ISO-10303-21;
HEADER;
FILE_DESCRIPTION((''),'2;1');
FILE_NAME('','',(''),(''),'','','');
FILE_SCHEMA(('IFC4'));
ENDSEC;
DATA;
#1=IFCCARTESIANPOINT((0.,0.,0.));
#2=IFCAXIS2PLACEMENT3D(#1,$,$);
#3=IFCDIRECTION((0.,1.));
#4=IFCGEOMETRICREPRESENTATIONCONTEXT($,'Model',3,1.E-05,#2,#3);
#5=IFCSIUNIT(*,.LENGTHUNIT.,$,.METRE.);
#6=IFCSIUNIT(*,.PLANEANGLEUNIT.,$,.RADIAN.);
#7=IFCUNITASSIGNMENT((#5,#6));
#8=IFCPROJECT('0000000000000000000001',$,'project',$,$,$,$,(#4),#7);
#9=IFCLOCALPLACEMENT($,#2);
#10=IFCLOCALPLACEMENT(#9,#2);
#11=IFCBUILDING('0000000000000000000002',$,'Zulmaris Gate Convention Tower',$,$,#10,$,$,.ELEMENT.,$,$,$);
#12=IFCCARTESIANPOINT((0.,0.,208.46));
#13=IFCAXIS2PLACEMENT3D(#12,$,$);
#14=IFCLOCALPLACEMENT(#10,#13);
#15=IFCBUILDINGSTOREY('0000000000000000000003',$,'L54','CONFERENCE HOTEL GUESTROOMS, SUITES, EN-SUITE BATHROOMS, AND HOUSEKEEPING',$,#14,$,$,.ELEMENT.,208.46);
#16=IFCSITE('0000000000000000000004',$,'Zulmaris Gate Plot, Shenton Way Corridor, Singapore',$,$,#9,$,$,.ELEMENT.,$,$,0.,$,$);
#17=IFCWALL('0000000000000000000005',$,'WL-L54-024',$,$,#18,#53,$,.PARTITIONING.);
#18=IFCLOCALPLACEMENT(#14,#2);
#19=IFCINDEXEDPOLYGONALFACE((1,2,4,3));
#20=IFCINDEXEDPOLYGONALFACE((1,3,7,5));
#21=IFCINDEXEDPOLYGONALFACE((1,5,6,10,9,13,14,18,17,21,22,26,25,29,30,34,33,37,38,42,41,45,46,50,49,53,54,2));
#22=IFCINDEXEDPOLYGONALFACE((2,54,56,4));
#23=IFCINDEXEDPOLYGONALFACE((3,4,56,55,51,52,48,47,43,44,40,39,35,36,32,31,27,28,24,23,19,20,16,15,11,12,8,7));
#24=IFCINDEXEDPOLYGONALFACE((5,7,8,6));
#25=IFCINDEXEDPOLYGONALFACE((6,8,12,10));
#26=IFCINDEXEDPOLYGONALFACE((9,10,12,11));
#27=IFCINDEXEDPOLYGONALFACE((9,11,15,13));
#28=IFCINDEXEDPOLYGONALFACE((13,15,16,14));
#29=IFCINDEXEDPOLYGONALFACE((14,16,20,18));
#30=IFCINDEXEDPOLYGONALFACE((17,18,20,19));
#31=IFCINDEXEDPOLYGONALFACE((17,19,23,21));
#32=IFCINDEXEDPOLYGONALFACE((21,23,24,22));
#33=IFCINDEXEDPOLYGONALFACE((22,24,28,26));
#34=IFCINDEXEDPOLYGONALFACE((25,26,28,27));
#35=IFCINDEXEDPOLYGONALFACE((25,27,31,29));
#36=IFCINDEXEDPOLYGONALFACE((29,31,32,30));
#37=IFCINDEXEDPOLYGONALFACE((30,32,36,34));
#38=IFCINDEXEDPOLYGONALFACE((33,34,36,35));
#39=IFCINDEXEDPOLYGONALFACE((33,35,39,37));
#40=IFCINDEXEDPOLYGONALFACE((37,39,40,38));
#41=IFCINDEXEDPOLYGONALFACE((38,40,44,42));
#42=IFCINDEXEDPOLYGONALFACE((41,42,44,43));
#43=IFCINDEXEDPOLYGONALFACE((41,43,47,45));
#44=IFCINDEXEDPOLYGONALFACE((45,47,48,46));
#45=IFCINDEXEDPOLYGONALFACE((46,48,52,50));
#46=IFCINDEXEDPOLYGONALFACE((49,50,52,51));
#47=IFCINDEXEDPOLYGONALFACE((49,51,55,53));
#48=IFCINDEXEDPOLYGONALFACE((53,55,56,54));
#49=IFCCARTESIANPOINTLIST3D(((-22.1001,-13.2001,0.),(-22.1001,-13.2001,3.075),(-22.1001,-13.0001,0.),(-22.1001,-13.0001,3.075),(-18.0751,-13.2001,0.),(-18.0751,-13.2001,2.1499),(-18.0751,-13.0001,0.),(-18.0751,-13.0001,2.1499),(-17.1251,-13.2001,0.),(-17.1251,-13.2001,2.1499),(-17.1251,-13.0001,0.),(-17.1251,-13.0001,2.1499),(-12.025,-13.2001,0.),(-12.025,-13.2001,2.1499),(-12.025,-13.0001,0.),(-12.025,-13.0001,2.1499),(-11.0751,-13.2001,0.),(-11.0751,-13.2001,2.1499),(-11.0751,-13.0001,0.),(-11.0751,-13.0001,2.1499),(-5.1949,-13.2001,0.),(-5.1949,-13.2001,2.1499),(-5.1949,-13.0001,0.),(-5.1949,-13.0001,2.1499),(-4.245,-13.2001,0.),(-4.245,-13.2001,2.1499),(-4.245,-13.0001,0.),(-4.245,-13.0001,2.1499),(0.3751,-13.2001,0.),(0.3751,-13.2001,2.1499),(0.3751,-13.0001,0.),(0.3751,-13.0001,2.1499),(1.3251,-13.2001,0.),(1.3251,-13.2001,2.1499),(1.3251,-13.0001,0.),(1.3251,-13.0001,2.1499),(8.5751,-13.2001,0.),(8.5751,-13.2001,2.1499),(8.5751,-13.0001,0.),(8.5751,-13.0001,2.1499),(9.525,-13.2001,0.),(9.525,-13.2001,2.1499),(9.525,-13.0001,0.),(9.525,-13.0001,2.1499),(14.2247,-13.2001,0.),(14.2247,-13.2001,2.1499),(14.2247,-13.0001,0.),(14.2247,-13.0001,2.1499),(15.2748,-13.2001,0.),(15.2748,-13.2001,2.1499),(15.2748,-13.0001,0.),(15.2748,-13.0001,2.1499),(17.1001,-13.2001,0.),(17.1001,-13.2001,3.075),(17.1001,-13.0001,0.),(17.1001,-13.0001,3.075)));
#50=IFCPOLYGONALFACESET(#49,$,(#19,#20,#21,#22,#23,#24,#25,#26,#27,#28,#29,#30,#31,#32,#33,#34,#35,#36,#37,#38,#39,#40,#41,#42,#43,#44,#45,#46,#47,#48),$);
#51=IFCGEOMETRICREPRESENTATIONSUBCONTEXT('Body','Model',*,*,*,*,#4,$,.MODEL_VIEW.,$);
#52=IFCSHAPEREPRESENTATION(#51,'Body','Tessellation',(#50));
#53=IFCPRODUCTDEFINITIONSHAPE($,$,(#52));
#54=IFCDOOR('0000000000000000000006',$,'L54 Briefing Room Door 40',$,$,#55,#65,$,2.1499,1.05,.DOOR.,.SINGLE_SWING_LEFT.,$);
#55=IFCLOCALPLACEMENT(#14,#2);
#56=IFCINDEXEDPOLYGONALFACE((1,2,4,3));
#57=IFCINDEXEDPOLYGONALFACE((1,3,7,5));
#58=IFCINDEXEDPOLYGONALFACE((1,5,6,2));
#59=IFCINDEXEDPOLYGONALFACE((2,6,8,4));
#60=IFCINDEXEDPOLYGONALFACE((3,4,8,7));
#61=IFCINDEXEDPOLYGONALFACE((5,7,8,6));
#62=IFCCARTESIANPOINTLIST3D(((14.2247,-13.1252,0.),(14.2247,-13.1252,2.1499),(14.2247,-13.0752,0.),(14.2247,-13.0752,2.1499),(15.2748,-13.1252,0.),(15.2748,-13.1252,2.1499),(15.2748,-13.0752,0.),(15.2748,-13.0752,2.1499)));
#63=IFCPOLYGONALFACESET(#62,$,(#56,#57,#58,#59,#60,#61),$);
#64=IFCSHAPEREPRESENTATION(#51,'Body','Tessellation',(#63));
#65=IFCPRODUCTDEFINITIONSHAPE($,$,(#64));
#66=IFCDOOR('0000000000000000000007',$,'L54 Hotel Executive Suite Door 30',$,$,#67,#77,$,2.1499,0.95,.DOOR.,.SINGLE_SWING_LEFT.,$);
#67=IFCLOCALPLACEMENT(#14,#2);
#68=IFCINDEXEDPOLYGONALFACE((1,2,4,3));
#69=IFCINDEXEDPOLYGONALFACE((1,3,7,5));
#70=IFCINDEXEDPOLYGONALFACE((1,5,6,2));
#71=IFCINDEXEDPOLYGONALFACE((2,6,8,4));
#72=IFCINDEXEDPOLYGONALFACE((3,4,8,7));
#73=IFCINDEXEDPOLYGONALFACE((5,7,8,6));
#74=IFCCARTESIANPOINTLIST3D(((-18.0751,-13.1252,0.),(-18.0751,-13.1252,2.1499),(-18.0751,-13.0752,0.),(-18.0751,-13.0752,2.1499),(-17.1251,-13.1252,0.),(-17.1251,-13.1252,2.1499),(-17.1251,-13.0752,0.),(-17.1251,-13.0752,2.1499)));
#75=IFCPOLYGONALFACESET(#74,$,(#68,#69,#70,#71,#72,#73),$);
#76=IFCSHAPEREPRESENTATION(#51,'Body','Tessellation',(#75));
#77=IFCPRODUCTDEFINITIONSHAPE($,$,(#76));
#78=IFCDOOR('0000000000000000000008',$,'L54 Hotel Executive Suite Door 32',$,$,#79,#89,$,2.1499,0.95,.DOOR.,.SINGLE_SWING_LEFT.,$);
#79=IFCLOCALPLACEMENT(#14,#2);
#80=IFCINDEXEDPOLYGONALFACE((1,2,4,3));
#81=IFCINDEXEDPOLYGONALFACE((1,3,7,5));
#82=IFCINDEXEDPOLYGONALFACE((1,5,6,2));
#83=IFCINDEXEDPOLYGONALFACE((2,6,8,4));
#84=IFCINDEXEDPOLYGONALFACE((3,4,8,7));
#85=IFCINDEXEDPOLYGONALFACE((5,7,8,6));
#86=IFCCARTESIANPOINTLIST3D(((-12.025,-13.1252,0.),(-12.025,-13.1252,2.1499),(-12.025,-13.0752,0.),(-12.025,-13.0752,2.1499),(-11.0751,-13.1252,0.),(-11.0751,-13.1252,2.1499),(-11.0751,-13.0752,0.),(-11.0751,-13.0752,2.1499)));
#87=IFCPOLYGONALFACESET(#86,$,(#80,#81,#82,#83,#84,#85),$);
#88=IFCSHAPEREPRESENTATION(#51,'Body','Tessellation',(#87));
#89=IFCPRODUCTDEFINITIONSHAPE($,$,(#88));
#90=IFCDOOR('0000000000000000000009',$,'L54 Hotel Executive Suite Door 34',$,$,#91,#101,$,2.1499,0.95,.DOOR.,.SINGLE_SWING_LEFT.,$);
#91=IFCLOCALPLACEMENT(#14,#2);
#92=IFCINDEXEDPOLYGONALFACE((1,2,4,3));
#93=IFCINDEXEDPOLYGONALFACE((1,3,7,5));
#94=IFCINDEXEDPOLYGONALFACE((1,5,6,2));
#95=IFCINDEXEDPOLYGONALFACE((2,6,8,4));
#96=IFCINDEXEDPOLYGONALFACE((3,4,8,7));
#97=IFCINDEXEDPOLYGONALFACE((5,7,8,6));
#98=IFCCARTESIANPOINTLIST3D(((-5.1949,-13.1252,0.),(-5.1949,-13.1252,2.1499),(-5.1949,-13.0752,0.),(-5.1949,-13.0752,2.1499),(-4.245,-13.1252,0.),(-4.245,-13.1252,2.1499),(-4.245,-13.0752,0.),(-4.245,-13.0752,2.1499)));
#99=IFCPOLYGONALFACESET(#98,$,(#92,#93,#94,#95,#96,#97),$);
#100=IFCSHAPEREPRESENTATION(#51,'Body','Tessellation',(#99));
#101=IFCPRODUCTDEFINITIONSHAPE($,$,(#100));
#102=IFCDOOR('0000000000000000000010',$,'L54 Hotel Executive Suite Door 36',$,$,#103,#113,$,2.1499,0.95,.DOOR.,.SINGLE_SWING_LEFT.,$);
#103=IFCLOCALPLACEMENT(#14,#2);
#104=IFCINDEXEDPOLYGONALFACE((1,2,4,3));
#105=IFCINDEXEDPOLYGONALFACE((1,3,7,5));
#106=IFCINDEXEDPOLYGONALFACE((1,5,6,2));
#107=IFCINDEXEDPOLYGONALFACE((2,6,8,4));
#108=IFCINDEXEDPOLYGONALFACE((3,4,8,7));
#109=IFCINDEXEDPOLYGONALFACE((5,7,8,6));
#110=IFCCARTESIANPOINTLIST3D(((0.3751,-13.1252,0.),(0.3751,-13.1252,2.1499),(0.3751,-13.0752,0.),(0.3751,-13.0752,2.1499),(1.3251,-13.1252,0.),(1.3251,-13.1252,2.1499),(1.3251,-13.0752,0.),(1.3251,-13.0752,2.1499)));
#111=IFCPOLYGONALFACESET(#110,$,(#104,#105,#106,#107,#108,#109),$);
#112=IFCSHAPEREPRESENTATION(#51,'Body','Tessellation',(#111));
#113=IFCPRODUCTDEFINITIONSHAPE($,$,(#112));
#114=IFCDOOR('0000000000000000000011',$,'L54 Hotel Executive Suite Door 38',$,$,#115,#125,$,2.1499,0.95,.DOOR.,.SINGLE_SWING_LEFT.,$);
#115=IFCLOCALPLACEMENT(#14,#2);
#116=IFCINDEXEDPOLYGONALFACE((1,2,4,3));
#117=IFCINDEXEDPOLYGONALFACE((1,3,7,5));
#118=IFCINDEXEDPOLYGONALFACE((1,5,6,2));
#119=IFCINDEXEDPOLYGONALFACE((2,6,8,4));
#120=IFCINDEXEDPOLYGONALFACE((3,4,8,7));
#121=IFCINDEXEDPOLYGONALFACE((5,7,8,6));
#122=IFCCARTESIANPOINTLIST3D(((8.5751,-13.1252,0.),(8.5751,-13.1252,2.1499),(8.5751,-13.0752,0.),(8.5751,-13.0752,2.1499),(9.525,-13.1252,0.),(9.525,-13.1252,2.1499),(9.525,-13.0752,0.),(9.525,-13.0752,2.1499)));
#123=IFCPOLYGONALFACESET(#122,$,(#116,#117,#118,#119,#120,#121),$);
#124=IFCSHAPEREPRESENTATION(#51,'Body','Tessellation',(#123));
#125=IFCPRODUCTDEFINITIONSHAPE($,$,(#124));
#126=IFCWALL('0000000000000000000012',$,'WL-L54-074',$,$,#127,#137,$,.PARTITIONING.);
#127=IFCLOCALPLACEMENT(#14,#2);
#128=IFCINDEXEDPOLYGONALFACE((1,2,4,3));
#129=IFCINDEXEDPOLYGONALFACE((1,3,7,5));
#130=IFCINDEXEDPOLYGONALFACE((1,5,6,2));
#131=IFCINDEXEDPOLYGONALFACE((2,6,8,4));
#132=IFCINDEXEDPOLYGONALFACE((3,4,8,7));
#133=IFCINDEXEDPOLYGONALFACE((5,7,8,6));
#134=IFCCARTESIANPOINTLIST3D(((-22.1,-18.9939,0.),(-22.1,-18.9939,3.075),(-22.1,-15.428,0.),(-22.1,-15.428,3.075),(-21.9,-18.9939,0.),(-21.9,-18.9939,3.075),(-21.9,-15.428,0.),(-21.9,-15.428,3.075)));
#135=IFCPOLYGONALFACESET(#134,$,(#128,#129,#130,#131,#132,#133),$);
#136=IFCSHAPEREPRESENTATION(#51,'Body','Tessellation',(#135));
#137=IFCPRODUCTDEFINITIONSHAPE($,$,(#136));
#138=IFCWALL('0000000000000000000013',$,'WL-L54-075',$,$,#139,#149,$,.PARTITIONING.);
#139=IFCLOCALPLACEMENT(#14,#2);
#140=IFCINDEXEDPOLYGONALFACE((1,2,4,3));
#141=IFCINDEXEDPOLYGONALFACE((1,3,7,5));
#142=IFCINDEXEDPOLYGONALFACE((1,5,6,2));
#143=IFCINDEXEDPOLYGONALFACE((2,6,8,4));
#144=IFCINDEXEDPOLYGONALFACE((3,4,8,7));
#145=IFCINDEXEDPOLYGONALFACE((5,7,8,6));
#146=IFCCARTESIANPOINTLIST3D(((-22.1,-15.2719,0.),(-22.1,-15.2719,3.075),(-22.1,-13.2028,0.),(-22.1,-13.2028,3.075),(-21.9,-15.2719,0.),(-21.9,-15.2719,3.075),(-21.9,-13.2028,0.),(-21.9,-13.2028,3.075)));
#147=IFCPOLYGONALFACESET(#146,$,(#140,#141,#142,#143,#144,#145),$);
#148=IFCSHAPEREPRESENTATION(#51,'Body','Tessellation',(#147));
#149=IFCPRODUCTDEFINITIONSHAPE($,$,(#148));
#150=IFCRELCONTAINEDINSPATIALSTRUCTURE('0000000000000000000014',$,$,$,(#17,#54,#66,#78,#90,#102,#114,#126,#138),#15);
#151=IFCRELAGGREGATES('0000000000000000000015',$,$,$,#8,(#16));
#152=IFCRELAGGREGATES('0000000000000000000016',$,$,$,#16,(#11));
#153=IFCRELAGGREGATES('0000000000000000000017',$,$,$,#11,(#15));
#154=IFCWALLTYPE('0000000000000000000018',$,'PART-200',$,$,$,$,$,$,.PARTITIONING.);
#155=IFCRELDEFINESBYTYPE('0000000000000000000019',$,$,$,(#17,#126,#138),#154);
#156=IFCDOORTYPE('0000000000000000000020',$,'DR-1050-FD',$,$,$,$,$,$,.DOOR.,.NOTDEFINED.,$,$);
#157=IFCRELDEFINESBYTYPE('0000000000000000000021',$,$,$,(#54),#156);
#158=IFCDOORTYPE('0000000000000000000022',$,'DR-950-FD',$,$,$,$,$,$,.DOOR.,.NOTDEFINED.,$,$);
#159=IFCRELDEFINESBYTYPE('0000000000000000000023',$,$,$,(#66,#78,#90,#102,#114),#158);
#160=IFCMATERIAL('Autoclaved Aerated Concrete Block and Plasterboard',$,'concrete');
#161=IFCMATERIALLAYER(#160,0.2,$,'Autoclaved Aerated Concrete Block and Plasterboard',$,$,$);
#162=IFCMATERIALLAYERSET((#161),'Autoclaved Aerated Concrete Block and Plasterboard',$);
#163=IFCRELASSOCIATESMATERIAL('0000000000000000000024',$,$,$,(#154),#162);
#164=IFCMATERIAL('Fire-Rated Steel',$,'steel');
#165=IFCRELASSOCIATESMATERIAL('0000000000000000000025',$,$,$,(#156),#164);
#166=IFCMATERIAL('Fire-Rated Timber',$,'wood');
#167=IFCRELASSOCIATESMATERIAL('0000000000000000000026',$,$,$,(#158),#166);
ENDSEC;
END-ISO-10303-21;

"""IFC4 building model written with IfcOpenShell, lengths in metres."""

from ifc_helpers import new_model, si_unit, direction, frame, frame_2d, origin, place, context, subcontext, project, spatial, rectangle, extrude, material, layer, layer_set, type_object, element, fill, save


model = new_model("IFC4")

# Units and contexts
model_context = context("Model", 3, precision=1e-05, world=origin(), true_north=direction((0.0, 1.0)))
body_context = subcontext(model_context, "Body", "Model", "MODEL_VIEW")
ifc_project = project(units=[si_unit("LENGTHUNIT", "METRE"), si_unit("PLANEANGLEUNIT", "RADIAN")], contexts=[model_context])

# Site, building, storey
site_placement = place(None, origin())
site = spatial("IfcSite", under=ifc_project, at=site_placement, Name="Zulmaris Gate Plot, Shenton Way Corridor, Singapore", CompositionType="ELEMENT", RefElevation=0.0)
building_placement = place(site_placement, origin())
building = spatial("IfcBuilding", under=site, at=building_placement, Name="Zulmaris Gate Convention Tower", CompositionType="ELEMENT")
storey_placement = place(building_placement, frame((0.0, 0.0, 208.46)))
storey = spatial("IfcBuildingStorey", under=building, at=storey_placement, Name="L54", Description="CONFERENCE HOTEL GUESTROOMS, SUITES, EN-SUITE BATHROOMS, AND HOUSEKEEPING", CompositionType="ELEMENT", Elevation=208.46)

# Wall, openings, doors
ifc_material_1 = material(Name="Autoclaved Aerated Concrete Block and Plasterboard", Category="concrete")
ifc_layer_1 = layer(ifc_material_1, 0.2, Name="Autoclaved Aerated Concrete Block and Plasterboard")
ifc_layer_set_1 = layer_set([ifc_layer_1], Name="Autoclaved Aerated Concrete Block and Plasterboard")
wall_type_1 = type_object("IfcWallType", Name="PART-200", PredefinedType="PARTITIONING", material=ifc_layer_set_1)
wall_1_placement = place(storey_placement, frame((-22.1001, -13.1001, 0.0), z_axis=(0.0, 0.0, 1.0), x_axis=(1.0, 0.0, 0.0)))
wall_1 = element("IfcWall", 1, at=wall_1_placement, inside=storey, type_object=wall_type_1, Name="WL-L54-024", PredefinedType="PARTITIONING", context=body_context, shape_type="SweptSolid", body=[
    extrude(rectangle(XDim=39.2002, YDim=0.2, at=frame_2d((19.6001, 0.0))), origin(), (0.0, 0.0, 1.0), 3.075),
])
opening_1_placement = place(wall_1_placement, frame((4.0249, 0.0, 0.0)))
opening_1 = element("IfcOpeningElement", 2, at=opening_1_placement, cuts=wall_1, PredefinedType="OPENING", context=body_context, shape_type="SweptSolid", body=[
    extrude(rectangle(XDim=0.95, YDim=2.1499, at=frame_2d((0.4751, 1.075))), frame((0.0, 0.1099, 0.0), z_axis=(0.0, -1.0, 0.0), x_axis=(1.0, 0.0, 0.0)), (0.0, 0.0, 1.0), 0.22),
])
opening_2_placement = place(wall_1_placement, frame((10.075, 0.0, 0.0)))
opening_2 = element("IfcOpeningElement", 3, at=opening_2_placement, cuts=wall_1, PredefinedType="OPENING", context=body_context, shape_type="SweptSolid", body=[
    extrude(rectangle(XDim=0.95, YDim=2.1499, at=frame_2d((0.4751, 1.075))), frame((0.0, 0.1099, 0.0), z_axis=(0.0, -1.0, 0.0), x_axis=(1.0, 0.0, 0.0)), (0.0, 0.0, 1.0), 0.22),
])
opening_3_placement = place(wall_1_placement, frame((16.905, 0.0, 0.0)))
opening_3 = element("IfcOpeningElement", 4, at=opening_3_placement, cuts=wall_1, PredefinedType="OPENING", context=body_context, shape_type="SweptSolid", body=[
    extrude(rectangle(XDim=0.95, YDim=2.1499, at=frame_2d((0.4751, 1.075))), frame((0.0, 0.1099, 0.0), z_axis=(0.0, -1.0, 0.0), x_axis=(1.0, 0.0, 0.0)), (0.0, 0.0, 1.0), 0.22),
])
opening_4_placement = place(wall_1_placement, frame((22.4751, 0.0, 0.0)))
opening_4 = element("IfcOpeningElement", 5, at=opening_4_placement, cuts=wall_1, PredefinedType="OPENING", context=body_context, shape_type="SweptSolid", body=[
    extrude(rectangle(XDim=0.95, YDim=2.1499, at=frame_2d((0.4751, 1.075))), frame((0.0, 0.1099, 0.0), z_axis=(0.0, -1.0, 0.0), x_axis=(1.0, 0.0, 0.0)), (0.0, 0.0, 1.0), 0.22),
])
opening_5_placement = place(wall_1_placement, frame((30.675, 0.0, 0.0)))
opening_5 = element("IfcOpeningElement", 6, at=opening_5_placement, cuts=wall_1, PredefinedType="OPENING", context=body_context, shape_type="SweptSolid", body=[
    extrude(rectangle(XDim=0.95, YDim=2.1499, at=frame_2d((0.4751, 1.075))), frame((0.0, 0.1099, 0.0), z_axis=(0.0, -1.0, 0.0), x_axis=(1.0, 0.0, 0.0)), (0.0, 0.0, 1.0), 0.22),
])
opening_6_placement = place(wall_1_placement, frame((36.325, 0.0, 0.0)))
opening_6 = element("IfcOpeningElement", 7, at=opening_6_placement, cuts=wall_1, PredefinedType="OPENING", context=body_context, shape_type="SweptSolid", body=[
    extrude(rectangle(XDim=1.05, YDim=2.1499, at=frame_2d((0.5249, 1.075))), frame((0.0, 0.1099, 0.0), z_axis=(0.0, -1.0, 0.0), x_axis=(1.0, 0.0, 0.0)), (0.0, 0.0, 1.0), 0.22),
])
ifc_material_2 = material(Name="Fire-Rated Steel", Category="steel")
door_type_1 = type_object("IfcDoorType", Name="DR-1050-FD", OperationType="NOTDEFINED", PredefinedType="DOOR", material=ifc_material_2)
door_1_placement = place(opening_6_placement, origin())
door_1 = element("IfcDoor", 8, at=door_1_placement, inside=storey, type_object=door_type_1, Name="L54 Briefing Room Door 40", OperationType="SINGLE_SWING_LEFT", OverallHeight=2.1499, OverallWidth=1.05, PredefinedType="DOOR", context=body_context, shape_type="SweptSolid", body=[
    extrude(rectangle(XDim=1.05, YDim=2.1499, at=frame_2d((0.5249, 1.075))), frame((0.0, 0.0249, 0.0), z_axis=(0.0, -1.0, 0.0), x_axis=(1.0, 0.0, 0.0)), (0.0, 0.0, 1.0), 0.05),
])
fill(opening_6, door_1)
ifc_material_3 = material(Name="Fire-Rated Timber", Category="wood")
door_type_2 = type_object("IfcDoorType", Name="DR-950-FD", OperationType="NOTDEFINED", PredefinedType="DOOR", material=ifc_material_3)
door_2_placement = place(opening_1_placement, origin())
door_2 = element("IfcDoor", 9, at=door_2_placement, inside=storey, type_object=door_type_2, Name="L54 Hotel Executive Suite Door 30", OperationType="SINGLE_SWING_LEFT", OverallHeight=2.1499, OverallWidth=0.95, PredefinedType="DOOR", context=body_context, shape_type="SweptSolid", body=[
    extrude(rectangle(XDim=0.95, YDim=2.1499, at=frame_2d((0.4751, 1.075))), frame((0.0, 0.0249, 0.0), z_axis=(0.0, -1.0, 0.0), x_axis=(1.0, 0.0, 0.0)), (0.0, 0.0, 1.0), 0.05),
])
fill(opening_1, door_2)
door_3_placement = place(opening_2_placement, origin())
door_3 = element("IfcDoor", 10, at=door_3_placement, inside=storey, type_object=door_type_2, Name="L54 Hotel Executive Suite Door 32", OperationType="SINGLE_SWING_LEFT", OverallHeight=2.1499, OverallWidth=0.95, PredefinedType="DOOR", context=body_context, shape_type="SweptSolid", body=[
    extrude(rectangle(XDim=0.95, YDim=2.1499, at=frame_2d((0.4751, 1.075))), frame((0.0, 0.0249, 0.0), z_axis=(0.0, -1.0, 0.0), x_axis=(1.0, 0.0, 0.0)), (0.0, 0.0, 1.0), 0.05),
])
fill(opening_2, door_3)
door_4_placement = place(opening_3_placement, origin())
door_4 = element("IfcDoor", 11, at=door_4_placement, inside=storey, type_object=door_type_2, Name="L54 Hotel Executive Suite Door 34", OperationType="SINGLE_SWING_LEFT", OverallHeight=2.1499, OverallWidth=0.95, PredefinedType="DOOR", context=body_context, shape_type="SweptSolid", body=[
    extrude(rectangle(XDim=0.95, YDim=2.1499, at=frame_2d((0.4751, 1.075))), frame((0.0, 0.0249, 0.0), z_axis=(0.0, -1.0, 0.0), x_axis=(1.0, 0.0, 0.0)), (0.0, 0.0, 1.0), 0.05),
])
fill(opening_3, door_4)
door_5_placement = place(opening_4_placement, origin())
door_5 = element("IfcDoor", 12, at=door_5_placement, inside=storey, type_object=door_type_2, Name="L54 Hotel Executive Suite Door 36", OperationType="SINGLE_SWING_LEFT", OverallHeight=2.1499, OverallWidth=0.95, PredefinedType="DOOR", context=body_context, shape_type="SweptSolid", body=[
    extrude(rectangle(XDim=0.95, YDim=2.1499, at=frame_2d((0.4751, 1.075))), frame((0.0, 0.0249, 0.0), z_axis=(0.0, -1.0, 0.0), x_axis=(1.0, 0.0, 0.0)), (0.0, 0.0, 1.0), 0.05),
])
fill(opening_4, door_5)
door_6_placement = place(opening_5_placement, origin())
door_6 = element("IfcDoor", 13, at=door_6_placement, inside=storey, type_object=door_type_2, Name="L54 Hotel Executive Suite Door 38", OperationType="SINGLE_SWING_LEFT", OverallHeight=2.1499, OverallWidth=0.95, PredefinedType="DOOR", context=body_context, shape_type="SweptSolid", body=[
    extrude(rectangle(XDim=0.95, YDim=2.1499, at=frame_2d((0.4751, 1.075))), frame((0.0, 0.0249, 0.0), z_axis=(0.0, -1.0, 0.0), x_axis=(1.0, 0.0, 0.0)), (0.0, 0.0, 1.0), 0.05),
])
fill(opening_5, door_6)

# Walls
wall_2_placement = place(storey_placement, frame((-22.0, -18.9939, 0.0), z_axis=(0.0, 0.0, 1.0), x_axis=(0.0, 1.0, 0.0)))
element("IfcWall", 14, at=wall_2_placement, inside=storey, type_object=wall_type_1, Name="WL-L54-074", PredefinedType="PARTITIONING", context=body_context, shape_type="SweptSolid", body=[
    extrude(rectangle(XDim=3.5659, YDim=0.2, at=frame_2d((1.783, 0.0))), origin(), (0.0, 0.0, 1.0), 3.075),
])
wall_3_placement = place(storey_placement, frame((-22.0, -15.272, 0.0), z_axis=(0.0, 0.0, 1.0), x_axis=(0.0, 1.0, 0.0)))
element("IfcWall", 15, at=wall_3_placement, inside=storey, type_object=wall_type_1, Name="WL-L54-075", PredefinedType="PARTITIONING", context=body_context, shape_type="SweptSolid", body=[
    extrude(rectangle(XDim=2.0691, YDim=0.2, at=frame_2d((1.0347, 0.0))), origin(), (0.0, 0.0, 1.0), 3.075),
])

save(model, "model.ifc")
